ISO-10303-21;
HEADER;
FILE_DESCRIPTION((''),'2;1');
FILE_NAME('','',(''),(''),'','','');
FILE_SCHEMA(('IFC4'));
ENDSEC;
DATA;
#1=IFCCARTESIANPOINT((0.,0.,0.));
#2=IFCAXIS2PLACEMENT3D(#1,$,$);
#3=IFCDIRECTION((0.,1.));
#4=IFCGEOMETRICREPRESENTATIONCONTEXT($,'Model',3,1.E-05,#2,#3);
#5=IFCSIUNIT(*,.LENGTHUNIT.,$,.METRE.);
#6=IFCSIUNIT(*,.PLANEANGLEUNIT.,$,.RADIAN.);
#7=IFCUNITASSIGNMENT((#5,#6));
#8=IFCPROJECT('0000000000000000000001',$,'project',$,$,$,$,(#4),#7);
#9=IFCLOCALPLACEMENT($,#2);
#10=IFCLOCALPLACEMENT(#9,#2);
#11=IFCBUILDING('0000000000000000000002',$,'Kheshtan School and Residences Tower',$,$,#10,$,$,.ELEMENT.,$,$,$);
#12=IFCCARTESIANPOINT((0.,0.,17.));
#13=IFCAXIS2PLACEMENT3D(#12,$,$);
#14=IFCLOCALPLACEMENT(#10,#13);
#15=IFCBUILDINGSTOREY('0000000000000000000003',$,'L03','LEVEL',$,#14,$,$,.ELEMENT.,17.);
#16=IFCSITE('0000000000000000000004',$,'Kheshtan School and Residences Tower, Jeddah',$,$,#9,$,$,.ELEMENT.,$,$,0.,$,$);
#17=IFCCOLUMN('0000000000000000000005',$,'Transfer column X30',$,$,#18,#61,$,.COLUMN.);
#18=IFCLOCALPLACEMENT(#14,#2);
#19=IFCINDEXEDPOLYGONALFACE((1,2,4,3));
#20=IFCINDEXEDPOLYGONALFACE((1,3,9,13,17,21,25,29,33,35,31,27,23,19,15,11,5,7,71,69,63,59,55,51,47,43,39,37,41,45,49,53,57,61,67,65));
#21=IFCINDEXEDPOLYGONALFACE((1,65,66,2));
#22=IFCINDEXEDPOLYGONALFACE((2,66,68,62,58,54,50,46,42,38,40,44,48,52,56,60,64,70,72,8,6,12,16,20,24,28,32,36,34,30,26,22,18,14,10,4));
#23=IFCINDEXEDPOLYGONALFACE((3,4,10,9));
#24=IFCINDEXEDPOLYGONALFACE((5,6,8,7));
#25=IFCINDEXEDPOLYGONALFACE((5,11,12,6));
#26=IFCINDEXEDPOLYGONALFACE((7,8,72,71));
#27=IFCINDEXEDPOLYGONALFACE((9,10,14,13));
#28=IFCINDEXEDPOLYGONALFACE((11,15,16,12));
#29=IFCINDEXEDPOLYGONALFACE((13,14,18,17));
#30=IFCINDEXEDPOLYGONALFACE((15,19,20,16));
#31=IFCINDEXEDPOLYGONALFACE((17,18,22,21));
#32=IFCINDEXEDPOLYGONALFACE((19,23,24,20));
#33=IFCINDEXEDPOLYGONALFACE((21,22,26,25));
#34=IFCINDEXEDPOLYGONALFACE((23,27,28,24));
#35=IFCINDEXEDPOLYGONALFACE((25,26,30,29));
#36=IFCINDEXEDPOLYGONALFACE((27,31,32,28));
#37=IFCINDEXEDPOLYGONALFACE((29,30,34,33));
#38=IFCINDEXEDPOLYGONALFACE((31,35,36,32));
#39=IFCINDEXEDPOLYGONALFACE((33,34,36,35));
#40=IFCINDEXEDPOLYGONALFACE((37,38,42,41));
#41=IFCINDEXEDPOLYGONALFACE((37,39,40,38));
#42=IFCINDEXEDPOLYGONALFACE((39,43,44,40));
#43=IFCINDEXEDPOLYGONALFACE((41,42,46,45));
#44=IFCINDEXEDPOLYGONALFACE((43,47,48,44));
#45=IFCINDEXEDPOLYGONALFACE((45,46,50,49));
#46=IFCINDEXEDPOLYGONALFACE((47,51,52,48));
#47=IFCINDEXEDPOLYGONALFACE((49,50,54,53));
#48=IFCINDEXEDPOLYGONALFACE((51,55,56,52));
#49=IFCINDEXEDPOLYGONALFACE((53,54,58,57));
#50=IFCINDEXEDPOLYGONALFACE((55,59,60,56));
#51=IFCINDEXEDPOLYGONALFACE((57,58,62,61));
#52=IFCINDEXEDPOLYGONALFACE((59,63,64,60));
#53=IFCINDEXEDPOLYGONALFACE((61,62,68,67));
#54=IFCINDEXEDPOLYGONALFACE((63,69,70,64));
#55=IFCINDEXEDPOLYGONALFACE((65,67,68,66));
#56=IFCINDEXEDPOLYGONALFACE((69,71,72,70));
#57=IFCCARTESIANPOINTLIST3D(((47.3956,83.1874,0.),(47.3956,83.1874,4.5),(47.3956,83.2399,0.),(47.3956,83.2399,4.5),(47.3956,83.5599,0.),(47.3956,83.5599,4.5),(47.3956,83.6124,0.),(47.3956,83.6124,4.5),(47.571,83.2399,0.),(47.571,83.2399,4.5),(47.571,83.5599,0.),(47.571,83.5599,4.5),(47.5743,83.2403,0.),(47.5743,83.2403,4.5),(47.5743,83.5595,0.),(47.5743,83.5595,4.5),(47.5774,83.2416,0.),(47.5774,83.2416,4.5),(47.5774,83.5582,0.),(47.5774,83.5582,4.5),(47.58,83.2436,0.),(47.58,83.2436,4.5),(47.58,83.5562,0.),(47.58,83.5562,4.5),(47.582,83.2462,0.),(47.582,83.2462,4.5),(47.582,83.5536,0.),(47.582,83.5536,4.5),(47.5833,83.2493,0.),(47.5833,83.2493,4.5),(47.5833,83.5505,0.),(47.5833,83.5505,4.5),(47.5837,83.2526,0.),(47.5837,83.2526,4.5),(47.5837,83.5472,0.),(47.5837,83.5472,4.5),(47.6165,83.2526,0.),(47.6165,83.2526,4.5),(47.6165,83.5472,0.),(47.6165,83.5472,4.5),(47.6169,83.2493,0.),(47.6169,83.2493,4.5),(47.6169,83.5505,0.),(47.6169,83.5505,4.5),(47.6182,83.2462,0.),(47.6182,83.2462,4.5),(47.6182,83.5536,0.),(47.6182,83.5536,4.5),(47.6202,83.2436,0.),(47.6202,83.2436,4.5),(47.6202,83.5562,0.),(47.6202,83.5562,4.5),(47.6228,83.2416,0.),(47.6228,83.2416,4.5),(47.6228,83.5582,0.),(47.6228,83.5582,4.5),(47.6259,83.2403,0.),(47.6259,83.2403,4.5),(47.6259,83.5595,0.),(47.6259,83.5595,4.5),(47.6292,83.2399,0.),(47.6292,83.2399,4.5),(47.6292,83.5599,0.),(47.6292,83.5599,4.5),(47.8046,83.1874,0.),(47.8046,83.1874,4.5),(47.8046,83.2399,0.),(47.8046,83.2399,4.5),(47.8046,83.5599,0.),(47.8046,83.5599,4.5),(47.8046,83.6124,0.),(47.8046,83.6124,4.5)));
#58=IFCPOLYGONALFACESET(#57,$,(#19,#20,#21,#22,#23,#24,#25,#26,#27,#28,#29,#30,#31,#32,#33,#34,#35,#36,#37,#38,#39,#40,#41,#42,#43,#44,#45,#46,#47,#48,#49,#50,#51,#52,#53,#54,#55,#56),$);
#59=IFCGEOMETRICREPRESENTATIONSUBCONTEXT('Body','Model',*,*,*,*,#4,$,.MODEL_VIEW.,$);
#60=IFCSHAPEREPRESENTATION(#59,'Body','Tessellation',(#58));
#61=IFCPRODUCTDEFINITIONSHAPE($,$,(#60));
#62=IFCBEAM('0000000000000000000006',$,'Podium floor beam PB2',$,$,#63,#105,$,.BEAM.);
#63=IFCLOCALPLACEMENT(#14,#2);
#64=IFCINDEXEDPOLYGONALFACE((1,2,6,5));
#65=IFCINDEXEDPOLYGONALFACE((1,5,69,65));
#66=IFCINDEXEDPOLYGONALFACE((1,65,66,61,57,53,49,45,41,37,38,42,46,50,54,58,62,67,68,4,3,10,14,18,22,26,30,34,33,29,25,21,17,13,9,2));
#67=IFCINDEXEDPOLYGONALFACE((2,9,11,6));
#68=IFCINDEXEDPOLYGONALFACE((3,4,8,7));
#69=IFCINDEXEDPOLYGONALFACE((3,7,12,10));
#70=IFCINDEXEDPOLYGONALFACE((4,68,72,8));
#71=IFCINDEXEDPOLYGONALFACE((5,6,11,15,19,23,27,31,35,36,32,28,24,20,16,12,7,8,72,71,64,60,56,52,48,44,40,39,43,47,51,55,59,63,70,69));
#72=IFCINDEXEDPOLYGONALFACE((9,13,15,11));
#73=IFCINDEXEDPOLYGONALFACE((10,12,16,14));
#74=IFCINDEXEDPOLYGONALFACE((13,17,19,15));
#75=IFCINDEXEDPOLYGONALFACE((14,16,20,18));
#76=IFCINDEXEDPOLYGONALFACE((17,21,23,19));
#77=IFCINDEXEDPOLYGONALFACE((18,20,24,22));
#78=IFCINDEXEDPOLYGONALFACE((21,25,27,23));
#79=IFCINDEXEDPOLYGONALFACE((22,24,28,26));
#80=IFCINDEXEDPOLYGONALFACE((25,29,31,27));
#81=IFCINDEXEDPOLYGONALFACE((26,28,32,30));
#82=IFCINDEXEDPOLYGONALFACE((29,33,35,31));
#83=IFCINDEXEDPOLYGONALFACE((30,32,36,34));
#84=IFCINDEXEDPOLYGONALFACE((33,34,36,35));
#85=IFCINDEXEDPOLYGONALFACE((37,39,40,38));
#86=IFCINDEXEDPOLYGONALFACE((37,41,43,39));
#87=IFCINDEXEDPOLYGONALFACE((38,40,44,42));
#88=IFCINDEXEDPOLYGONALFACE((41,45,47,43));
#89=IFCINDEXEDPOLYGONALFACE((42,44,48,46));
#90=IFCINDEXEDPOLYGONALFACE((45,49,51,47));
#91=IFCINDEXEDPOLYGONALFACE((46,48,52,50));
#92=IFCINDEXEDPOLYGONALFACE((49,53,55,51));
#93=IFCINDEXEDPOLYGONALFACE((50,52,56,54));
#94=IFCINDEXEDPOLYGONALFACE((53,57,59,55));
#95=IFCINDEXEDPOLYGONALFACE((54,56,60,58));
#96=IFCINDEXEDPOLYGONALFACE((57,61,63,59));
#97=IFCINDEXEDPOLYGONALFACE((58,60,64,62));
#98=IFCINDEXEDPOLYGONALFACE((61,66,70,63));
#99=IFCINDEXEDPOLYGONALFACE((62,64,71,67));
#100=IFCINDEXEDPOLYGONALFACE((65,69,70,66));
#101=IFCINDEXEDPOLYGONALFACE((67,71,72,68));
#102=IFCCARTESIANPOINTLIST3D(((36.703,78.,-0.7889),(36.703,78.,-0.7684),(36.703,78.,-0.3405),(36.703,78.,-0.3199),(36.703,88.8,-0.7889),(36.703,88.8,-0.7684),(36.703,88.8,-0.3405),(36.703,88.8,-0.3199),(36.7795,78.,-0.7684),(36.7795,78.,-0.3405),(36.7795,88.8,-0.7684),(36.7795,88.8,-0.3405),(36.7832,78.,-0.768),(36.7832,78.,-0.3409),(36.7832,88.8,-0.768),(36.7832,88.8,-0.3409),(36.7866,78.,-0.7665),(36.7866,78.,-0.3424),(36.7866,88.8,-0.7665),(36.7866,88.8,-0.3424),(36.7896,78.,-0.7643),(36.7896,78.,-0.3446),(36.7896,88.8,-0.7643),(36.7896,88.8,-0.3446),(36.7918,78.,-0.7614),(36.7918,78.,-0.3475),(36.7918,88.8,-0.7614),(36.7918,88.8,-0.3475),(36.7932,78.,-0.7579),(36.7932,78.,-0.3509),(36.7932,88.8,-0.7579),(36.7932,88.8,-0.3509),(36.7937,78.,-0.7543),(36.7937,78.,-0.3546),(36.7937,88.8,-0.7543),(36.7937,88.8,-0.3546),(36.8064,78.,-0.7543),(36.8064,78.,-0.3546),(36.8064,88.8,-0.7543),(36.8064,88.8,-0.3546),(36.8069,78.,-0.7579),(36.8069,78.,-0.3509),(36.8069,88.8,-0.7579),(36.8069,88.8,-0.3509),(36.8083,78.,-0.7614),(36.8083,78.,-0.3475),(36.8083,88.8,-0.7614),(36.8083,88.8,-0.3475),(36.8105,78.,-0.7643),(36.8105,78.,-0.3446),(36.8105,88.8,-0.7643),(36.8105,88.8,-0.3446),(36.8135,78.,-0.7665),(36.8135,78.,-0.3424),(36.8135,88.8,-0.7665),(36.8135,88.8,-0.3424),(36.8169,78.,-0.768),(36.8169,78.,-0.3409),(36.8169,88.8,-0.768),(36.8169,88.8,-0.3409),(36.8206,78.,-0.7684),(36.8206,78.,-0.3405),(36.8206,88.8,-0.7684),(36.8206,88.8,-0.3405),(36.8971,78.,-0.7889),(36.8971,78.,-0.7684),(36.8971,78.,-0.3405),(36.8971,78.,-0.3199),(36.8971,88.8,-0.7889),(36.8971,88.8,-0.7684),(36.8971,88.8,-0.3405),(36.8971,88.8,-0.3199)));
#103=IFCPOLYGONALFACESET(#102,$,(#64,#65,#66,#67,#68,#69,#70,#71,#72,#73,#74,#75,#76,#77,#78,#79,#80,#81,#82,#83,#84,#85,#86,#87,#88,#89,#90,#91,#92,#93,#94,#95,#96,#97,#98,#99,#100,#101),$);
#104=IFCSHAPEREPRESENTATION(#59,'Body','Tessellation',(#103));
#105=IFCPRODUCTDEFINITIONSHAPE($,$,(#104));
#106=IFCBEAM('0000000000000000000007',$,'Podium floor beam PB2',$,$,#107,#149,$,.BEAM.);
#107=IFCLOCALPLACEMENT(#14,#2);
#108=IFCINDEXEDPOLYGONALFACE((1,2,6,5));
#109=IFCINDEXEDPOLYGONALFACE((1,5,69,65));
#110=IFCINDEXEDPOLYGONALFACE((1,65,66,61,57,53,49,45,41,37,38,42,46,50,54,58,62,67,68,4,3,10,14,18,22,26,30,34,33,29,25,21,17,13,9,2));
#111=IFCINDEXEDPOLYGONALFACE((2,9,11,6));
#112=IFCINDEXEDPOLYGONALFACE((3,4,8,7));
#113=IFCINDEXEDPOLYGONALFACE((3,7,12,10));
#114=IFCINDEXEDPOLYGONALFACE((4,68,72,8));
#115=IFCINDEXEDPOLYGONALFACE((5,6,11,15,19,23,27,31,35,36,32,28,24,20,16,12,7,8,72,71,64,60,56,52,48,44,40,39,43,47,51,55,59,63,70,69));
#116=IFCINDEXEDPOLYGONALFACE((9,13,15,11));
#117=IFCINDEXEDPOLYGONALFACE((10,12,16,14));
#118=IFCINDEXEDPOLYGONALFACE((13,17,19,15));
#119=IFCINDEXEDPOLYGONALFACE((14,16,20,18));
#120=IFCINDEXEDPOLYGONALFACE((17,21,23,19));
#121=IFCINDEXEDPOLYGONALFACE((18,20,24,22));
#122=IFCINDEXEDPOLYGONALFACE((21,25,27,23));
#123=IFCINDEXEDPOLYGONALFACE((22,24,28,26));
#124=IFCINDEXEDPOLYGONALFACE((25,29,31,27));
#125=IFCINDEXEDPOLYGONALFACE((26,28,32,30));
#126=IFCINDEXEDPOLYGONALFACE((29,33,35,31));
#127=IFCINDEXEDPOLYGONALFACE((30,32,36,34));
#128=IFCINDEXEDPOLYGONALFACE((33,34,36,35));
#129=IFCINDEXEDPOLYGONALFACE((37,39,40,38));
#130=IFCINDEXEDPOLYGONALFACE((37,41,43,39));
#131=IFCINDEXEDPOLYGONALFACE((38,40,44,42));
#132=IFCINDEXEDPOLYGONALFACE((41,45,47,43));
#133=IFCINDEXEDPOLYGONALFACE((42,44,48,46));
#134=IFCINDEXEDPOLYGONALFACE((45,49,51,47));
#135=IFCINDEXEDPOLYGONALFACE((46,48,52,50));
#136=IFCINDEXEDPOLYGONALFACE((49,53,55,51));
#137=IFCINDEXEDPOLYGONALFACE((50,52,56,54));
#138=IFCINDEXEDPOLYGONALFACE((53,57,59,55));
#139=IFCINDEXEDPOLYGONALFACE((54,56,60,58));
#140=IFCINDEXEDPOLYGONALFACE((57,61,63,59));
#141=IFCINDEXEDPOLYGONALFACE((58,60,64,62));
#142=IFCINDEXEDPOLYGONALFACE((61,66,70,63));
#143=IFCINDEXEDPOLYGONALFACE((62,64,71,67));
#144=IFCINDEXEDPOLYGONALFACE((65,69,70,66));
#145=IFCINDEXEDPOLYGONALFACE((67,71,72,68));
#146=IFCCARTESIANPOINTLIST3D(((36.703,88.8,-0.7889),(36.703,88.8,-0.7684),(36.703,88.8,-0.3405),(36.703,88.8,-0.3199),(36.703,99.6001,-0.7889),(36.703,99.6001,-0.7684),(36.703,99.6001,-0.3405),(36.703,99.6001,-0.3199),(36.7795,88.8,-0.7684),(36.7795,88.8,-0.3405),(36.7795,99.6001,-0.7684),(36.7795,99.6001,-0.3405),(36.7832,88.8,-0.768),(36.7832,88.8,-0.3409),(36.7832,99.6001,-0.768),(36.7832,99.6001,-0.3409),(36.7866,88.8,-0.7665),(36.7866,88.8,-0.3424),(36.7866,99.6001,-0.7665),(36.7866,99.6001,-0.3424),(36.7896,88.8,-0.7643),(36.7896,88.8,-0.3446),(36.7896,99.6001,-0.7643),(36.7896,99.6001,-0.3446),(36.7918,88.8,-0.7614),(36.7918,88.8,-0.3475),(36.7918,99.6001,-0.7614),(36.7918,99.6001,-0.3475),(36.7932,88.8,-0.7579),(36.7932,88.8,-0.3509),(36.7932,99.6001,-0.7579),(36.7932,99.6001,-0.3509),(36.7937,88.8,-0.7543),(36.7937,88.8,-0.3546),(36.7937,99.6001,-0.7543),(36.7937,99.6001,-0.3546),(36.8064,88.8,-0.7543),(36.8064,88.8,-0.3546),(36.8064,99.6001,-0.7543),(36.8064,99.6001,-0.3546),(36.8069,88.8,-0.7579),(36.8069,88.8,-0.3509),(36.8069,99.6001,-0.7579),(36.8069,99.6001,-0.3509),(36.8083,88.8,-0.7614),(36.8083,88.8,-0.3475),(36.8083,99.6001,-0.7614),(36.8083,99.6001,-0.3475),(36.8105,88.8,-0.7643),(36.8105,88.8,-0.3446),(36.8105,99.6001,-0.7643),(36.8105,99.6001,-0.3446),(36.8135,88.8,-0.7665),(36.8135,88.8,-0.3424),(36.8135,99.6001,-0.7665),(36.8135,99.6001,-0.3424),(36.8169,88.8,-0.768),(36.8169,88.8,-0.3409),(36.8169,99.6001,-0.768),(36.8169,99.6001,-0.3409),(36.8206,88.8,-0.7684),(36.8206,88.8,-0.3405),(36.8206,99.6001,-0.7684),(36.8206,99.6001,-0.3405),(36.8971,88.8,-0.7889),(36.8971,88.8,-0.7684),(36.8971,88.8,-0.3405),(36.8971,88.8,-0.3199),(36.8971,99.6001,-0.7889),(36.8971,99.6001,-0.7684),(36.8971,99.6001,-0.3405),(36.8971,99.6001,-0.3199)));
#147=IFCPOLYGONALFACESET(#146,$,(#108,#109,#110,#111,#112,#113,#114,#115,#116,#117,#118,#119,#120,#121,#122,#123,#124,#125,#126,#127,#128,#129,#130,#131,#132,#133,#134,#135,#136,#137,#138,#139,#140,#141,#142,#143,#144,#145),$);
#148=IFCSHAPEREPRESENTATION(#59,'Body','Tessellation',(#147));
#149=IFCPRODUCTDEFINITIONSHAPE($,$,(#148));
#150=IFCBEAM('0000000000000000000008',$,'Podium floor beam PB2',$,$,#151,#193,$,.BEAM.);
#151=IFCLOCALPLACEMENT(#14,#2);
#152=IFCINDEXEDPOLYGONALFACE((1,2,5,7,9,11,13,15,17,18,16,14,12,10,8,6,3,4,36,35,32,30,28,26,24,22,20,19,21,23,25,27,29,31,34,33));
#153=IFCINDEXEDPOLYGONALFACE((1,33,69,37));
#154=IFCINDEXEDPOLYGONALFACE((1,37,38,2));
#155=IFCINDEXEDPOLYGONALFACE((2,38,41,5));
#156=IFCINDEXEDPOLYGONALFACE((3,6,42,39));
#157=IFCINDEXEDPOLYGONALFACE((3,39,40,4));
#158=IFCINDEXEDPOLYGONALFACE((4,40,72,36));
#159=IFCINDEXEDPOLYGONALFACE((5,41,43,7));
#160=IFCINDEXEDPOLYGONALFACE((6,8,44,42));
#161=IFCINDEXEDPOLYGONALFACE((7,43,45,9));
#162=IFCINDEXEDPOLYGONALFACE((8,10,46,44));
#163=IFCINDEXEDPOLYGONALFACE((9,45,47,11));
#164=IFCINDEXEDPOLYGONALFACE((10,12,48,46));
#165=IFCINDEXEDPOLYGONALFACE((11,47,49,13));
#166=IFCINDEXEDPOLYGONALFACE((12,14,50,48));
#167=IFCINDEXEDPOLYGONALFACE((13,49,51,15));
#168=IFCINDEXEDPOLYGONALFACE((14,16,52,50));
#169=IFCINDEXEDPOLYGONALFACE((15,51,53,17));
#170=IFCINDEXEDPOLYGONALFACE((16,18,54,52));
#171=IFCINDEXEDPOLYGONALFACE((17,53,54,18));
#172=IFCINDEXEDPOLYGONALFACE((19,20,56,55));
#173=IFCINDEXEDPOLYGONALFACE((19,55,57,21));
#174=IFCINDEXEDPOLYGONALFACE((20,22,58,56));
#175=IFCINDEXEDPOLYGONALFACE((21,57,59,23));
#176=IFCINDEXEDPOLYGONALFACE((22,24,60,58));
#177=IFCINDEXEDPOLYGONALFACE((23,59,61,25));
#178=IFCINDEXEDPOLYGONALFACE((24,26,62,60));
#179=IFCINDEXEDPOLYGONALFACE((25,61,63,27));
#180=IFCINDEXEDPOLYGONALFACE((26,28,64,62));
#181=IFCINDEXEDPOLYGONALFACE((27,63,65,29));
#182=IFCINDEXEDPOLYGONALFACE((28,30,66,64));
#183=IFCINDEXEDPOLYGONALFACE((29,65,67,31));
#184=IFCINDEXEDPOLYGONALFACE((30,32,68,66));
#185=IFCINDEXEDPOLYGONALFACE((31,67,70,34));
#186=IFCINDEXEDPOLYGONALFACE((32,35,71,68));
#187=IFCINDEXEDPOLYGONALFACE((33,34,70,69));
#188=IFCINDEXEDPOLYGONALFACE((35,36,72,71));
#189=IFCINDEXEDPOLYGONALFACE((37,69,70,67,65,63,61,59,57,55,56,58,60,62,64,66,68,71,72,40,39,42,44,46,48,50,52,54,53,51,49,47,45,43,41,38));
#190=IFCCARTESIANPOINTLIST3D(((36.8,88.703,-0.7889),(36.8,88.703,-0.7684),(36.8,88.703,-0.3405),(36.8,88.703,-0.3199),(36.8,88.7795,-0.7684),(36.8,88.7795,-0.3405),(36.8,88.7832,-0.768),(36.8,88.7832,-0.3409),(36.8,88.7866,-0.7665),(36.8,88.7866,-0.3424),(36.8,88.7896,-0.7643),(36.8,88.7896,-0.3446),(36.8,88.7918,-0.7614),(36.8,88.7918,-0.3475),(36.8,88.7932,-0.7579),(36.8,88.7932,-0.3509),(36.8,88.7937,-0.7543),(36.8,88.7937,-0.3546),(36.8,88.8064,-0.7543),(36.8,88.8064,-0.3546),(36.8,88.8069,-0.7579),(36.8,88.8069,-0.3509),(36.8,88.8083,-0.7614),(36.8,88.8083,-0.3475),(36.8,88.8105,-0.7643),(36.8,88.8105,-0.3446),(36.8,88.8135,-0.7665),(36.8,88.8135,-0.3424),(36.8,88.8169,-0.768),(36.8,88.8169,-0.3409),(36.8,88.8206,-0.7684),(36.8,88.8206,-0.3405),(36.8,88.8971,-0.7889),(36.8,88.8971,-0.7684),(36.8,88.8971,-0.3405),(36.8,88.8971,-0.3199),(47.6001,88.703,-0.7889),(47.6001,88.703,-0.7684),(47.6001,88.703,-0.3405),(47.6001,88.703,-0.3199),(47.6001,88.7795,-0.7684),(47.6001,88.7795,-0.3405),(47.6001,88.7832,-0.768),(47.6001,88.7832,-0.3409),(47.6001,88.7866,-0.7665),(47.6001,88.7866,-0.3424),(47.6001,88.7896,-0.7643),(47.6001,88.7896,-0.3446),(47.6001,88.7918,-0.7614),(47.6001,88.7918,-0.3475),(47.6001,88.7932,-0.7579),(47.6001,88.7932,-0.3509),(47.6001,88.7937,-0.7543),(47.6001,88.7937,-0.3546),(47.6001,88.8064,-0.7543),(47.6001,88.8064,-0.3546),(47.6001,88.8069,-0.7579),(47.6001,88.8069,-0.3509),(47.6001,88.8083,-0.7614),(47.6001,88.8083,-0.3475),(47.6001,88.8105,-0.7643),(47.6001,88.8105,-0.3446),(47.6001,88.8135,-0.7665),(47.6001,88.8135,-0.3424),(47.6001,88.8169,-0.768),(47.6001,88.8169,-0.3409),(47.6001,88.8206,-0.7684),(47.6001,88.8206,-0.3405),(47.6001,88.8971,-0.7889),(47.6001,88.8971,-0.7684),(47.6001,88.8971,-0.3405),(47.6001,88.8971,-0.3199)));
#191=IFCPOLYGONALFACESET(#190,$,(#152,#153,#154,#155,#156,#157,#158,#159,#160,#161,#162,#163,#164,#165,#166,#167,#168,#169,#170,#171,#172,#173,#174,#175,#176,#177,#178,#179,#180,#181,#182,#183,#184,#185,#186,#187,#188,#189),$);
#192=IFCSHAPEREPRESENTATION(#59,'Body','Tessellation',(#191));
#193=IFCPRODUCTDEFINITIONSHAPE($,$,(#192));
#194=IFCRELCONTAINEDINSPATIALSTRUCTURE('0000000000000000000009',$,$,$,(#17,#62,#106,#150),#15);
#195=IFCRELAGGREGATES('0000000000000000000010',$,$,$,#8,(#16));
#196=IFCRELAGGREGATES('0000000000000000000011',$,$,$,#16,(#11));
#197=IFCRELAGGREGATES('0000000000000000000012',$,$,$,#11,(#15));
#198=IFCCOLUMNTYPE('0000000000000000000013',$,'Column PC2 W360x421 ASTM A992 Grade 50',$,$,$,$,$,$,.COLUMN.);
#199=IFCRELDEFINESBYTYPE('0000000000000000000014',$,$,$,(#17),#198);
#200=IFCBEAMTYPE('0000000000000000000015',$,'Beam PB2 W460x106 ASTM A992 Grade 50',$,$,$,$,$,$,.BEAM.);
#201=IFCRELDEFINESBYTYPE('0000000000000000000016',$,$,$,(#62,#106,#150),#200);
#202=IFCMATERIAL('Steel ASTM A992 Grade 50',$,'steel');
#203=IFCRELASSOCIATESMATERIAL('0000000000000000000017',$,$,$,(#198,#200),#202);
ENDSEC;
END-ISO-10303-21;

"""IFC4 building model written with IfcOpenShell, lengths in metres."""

from ifc_helpers import new_model, si_unit, direction, frame, origin, origin_2d, place, context, subcontext, project, spatial, i_section, extrude, material, material_profile, profile_set, type_object, element, save


model = new_model("IFC4")

# Units and contexts
model_context = context("Model", 3, precision=1e-05, world=origin(), true_north=direction((0.0, 1.0)))
body_context = subcontext(model_context, "Body", "Model", "MODEL_VIEW")
ifc_project = project(units=[si_unit("LENGTHUNIT", "METRE"), si_unit("PLANEANGLEUNIT", "RADIAN")], contexts=[model_context])

# Site, building, storey
site_placement = place(None, origin())
site = spatial("IfcSite", under=ifc_project, at=site_placement, Name="Kheshtan School and Residences Tower, Jeddah", CompositionType="ELEMENT", RefElevation=0.0)
building_placement = place(site_placement, origin())
building = spatial("IfcBuilding", under=site, at=building_placement, Name="Kheshtan School and Residences Tower", CompositionType="ELEMENT")
storey_placement = place(building_placement, frame((0.0, 0.0, 17.0)))
storey = spatial("IfcBuildingStorey", under=building, at=storey_placement, Name="L03", Description="LEVEL", CompositionType="ELEMENT", Elevation=17.0)

# Column
ifc_material_1 = material(Name="Steel ASTM A992 Grade 50", Category="steel")
ifc_material_profile_1 = material_profile(ifc_material_1, i_section(OverallWidth=0.4089, OverallDepth=0.425, WebThickness=0.0327, FlangeThickness=0.0525, FilletRadius=0.0127, at=origin_2d()), Name="W360x421")
ifc_profile_set_1 = profile_set([ifc_material_profile_1], Name="Steel ASTM A992 Grade 50")
column_type = type_object("IfcColumnType", Name="Column PC2 W360x421 ASTM A992 Grade 50", PredefinedType="COLUMN", material=ifc_profile_set_1)
for number, where, z_axis, x_axis, name in (
    (1, (47.6001, 83.3999, 0.0), (0.0, 0.0, 1.0), (1.0, 0.0, 0.0), "Transfer column X30"),
):
    element("IfcColumn", number, at=place(storey_placement, frame(where, z_axis=z_axis, x_axis=x_axis)), inside=storey, type_object=column_type, Name=name, PredefinedType="COLUMN", context=body_context, shape_type="SweptSolid", body=[
        extrude(i_section(OverallWidth=0.4089, OverallDepth=0.425, WebThickness=0.0327, FlangeThickness=0.0525, FilletRadius=0.0127, at=origin_2d()), origin(), (0.0, 0.0, 1.0), 4.5),
    ])

# Beams
ifc_material_profile_2 = material_profile(ifc_material_1, i_section(OverallWidth=0.1941, OverallDepth=0.469, WebThickness=0.0127, FlangeThickness=0.0205, FilletRadius=0.0142, at=origin_2d()), Name="W460x106")
ifc_profile_set_2 = profile_set([ifc_material_profile_2], Name="Steel ASTM A992 Grade 50")
beam_type = type_object("IfcBeamType", Name="Beam PB2 W460x106 ASTM A992 Grade 50", PredefinedType="BEAM", material=ifc_profile_set_2)
for number, where, z_axis, x_axis, name in (
    (2, (36.8, 78.0, -0.5544), (0.0, 1.0, 0.0), (-1.0, 0.0, 0.0), "Podium floor beam PB2"),
    (3, (36.8, 88.8, -0.5544), (0.0, 1.0, 0.0), (-1.0, 0.0, 0.0), "Podium floor beam PB2"),
    (4, (36.8, 88.8, -0.5544), (1.0, 0.0, 0.0), (0.0, 1.0, 0.0), "Podium floor beam PB2"),
):
    element("IfcBeam", number, at=place(storey_placement, frame(where, z_axis=z_axis, x_axis=x_axis)), inside=storey, type_object=beam_type, Name=name, PredefinedType="BEAM", context=body_context, shape_type="SweptSolid", body=[
        extrude(i_section(OverallWidth=0.1941, OverallDepth=0.469, WebThickness=0.0127, FlangeThickness=0.0205, FilletRadius=0.0142, at=origin_2d()), origin(), (0.0, 0.0, 1.0), 10.8),
    ])

save(model, "model.ifc")
